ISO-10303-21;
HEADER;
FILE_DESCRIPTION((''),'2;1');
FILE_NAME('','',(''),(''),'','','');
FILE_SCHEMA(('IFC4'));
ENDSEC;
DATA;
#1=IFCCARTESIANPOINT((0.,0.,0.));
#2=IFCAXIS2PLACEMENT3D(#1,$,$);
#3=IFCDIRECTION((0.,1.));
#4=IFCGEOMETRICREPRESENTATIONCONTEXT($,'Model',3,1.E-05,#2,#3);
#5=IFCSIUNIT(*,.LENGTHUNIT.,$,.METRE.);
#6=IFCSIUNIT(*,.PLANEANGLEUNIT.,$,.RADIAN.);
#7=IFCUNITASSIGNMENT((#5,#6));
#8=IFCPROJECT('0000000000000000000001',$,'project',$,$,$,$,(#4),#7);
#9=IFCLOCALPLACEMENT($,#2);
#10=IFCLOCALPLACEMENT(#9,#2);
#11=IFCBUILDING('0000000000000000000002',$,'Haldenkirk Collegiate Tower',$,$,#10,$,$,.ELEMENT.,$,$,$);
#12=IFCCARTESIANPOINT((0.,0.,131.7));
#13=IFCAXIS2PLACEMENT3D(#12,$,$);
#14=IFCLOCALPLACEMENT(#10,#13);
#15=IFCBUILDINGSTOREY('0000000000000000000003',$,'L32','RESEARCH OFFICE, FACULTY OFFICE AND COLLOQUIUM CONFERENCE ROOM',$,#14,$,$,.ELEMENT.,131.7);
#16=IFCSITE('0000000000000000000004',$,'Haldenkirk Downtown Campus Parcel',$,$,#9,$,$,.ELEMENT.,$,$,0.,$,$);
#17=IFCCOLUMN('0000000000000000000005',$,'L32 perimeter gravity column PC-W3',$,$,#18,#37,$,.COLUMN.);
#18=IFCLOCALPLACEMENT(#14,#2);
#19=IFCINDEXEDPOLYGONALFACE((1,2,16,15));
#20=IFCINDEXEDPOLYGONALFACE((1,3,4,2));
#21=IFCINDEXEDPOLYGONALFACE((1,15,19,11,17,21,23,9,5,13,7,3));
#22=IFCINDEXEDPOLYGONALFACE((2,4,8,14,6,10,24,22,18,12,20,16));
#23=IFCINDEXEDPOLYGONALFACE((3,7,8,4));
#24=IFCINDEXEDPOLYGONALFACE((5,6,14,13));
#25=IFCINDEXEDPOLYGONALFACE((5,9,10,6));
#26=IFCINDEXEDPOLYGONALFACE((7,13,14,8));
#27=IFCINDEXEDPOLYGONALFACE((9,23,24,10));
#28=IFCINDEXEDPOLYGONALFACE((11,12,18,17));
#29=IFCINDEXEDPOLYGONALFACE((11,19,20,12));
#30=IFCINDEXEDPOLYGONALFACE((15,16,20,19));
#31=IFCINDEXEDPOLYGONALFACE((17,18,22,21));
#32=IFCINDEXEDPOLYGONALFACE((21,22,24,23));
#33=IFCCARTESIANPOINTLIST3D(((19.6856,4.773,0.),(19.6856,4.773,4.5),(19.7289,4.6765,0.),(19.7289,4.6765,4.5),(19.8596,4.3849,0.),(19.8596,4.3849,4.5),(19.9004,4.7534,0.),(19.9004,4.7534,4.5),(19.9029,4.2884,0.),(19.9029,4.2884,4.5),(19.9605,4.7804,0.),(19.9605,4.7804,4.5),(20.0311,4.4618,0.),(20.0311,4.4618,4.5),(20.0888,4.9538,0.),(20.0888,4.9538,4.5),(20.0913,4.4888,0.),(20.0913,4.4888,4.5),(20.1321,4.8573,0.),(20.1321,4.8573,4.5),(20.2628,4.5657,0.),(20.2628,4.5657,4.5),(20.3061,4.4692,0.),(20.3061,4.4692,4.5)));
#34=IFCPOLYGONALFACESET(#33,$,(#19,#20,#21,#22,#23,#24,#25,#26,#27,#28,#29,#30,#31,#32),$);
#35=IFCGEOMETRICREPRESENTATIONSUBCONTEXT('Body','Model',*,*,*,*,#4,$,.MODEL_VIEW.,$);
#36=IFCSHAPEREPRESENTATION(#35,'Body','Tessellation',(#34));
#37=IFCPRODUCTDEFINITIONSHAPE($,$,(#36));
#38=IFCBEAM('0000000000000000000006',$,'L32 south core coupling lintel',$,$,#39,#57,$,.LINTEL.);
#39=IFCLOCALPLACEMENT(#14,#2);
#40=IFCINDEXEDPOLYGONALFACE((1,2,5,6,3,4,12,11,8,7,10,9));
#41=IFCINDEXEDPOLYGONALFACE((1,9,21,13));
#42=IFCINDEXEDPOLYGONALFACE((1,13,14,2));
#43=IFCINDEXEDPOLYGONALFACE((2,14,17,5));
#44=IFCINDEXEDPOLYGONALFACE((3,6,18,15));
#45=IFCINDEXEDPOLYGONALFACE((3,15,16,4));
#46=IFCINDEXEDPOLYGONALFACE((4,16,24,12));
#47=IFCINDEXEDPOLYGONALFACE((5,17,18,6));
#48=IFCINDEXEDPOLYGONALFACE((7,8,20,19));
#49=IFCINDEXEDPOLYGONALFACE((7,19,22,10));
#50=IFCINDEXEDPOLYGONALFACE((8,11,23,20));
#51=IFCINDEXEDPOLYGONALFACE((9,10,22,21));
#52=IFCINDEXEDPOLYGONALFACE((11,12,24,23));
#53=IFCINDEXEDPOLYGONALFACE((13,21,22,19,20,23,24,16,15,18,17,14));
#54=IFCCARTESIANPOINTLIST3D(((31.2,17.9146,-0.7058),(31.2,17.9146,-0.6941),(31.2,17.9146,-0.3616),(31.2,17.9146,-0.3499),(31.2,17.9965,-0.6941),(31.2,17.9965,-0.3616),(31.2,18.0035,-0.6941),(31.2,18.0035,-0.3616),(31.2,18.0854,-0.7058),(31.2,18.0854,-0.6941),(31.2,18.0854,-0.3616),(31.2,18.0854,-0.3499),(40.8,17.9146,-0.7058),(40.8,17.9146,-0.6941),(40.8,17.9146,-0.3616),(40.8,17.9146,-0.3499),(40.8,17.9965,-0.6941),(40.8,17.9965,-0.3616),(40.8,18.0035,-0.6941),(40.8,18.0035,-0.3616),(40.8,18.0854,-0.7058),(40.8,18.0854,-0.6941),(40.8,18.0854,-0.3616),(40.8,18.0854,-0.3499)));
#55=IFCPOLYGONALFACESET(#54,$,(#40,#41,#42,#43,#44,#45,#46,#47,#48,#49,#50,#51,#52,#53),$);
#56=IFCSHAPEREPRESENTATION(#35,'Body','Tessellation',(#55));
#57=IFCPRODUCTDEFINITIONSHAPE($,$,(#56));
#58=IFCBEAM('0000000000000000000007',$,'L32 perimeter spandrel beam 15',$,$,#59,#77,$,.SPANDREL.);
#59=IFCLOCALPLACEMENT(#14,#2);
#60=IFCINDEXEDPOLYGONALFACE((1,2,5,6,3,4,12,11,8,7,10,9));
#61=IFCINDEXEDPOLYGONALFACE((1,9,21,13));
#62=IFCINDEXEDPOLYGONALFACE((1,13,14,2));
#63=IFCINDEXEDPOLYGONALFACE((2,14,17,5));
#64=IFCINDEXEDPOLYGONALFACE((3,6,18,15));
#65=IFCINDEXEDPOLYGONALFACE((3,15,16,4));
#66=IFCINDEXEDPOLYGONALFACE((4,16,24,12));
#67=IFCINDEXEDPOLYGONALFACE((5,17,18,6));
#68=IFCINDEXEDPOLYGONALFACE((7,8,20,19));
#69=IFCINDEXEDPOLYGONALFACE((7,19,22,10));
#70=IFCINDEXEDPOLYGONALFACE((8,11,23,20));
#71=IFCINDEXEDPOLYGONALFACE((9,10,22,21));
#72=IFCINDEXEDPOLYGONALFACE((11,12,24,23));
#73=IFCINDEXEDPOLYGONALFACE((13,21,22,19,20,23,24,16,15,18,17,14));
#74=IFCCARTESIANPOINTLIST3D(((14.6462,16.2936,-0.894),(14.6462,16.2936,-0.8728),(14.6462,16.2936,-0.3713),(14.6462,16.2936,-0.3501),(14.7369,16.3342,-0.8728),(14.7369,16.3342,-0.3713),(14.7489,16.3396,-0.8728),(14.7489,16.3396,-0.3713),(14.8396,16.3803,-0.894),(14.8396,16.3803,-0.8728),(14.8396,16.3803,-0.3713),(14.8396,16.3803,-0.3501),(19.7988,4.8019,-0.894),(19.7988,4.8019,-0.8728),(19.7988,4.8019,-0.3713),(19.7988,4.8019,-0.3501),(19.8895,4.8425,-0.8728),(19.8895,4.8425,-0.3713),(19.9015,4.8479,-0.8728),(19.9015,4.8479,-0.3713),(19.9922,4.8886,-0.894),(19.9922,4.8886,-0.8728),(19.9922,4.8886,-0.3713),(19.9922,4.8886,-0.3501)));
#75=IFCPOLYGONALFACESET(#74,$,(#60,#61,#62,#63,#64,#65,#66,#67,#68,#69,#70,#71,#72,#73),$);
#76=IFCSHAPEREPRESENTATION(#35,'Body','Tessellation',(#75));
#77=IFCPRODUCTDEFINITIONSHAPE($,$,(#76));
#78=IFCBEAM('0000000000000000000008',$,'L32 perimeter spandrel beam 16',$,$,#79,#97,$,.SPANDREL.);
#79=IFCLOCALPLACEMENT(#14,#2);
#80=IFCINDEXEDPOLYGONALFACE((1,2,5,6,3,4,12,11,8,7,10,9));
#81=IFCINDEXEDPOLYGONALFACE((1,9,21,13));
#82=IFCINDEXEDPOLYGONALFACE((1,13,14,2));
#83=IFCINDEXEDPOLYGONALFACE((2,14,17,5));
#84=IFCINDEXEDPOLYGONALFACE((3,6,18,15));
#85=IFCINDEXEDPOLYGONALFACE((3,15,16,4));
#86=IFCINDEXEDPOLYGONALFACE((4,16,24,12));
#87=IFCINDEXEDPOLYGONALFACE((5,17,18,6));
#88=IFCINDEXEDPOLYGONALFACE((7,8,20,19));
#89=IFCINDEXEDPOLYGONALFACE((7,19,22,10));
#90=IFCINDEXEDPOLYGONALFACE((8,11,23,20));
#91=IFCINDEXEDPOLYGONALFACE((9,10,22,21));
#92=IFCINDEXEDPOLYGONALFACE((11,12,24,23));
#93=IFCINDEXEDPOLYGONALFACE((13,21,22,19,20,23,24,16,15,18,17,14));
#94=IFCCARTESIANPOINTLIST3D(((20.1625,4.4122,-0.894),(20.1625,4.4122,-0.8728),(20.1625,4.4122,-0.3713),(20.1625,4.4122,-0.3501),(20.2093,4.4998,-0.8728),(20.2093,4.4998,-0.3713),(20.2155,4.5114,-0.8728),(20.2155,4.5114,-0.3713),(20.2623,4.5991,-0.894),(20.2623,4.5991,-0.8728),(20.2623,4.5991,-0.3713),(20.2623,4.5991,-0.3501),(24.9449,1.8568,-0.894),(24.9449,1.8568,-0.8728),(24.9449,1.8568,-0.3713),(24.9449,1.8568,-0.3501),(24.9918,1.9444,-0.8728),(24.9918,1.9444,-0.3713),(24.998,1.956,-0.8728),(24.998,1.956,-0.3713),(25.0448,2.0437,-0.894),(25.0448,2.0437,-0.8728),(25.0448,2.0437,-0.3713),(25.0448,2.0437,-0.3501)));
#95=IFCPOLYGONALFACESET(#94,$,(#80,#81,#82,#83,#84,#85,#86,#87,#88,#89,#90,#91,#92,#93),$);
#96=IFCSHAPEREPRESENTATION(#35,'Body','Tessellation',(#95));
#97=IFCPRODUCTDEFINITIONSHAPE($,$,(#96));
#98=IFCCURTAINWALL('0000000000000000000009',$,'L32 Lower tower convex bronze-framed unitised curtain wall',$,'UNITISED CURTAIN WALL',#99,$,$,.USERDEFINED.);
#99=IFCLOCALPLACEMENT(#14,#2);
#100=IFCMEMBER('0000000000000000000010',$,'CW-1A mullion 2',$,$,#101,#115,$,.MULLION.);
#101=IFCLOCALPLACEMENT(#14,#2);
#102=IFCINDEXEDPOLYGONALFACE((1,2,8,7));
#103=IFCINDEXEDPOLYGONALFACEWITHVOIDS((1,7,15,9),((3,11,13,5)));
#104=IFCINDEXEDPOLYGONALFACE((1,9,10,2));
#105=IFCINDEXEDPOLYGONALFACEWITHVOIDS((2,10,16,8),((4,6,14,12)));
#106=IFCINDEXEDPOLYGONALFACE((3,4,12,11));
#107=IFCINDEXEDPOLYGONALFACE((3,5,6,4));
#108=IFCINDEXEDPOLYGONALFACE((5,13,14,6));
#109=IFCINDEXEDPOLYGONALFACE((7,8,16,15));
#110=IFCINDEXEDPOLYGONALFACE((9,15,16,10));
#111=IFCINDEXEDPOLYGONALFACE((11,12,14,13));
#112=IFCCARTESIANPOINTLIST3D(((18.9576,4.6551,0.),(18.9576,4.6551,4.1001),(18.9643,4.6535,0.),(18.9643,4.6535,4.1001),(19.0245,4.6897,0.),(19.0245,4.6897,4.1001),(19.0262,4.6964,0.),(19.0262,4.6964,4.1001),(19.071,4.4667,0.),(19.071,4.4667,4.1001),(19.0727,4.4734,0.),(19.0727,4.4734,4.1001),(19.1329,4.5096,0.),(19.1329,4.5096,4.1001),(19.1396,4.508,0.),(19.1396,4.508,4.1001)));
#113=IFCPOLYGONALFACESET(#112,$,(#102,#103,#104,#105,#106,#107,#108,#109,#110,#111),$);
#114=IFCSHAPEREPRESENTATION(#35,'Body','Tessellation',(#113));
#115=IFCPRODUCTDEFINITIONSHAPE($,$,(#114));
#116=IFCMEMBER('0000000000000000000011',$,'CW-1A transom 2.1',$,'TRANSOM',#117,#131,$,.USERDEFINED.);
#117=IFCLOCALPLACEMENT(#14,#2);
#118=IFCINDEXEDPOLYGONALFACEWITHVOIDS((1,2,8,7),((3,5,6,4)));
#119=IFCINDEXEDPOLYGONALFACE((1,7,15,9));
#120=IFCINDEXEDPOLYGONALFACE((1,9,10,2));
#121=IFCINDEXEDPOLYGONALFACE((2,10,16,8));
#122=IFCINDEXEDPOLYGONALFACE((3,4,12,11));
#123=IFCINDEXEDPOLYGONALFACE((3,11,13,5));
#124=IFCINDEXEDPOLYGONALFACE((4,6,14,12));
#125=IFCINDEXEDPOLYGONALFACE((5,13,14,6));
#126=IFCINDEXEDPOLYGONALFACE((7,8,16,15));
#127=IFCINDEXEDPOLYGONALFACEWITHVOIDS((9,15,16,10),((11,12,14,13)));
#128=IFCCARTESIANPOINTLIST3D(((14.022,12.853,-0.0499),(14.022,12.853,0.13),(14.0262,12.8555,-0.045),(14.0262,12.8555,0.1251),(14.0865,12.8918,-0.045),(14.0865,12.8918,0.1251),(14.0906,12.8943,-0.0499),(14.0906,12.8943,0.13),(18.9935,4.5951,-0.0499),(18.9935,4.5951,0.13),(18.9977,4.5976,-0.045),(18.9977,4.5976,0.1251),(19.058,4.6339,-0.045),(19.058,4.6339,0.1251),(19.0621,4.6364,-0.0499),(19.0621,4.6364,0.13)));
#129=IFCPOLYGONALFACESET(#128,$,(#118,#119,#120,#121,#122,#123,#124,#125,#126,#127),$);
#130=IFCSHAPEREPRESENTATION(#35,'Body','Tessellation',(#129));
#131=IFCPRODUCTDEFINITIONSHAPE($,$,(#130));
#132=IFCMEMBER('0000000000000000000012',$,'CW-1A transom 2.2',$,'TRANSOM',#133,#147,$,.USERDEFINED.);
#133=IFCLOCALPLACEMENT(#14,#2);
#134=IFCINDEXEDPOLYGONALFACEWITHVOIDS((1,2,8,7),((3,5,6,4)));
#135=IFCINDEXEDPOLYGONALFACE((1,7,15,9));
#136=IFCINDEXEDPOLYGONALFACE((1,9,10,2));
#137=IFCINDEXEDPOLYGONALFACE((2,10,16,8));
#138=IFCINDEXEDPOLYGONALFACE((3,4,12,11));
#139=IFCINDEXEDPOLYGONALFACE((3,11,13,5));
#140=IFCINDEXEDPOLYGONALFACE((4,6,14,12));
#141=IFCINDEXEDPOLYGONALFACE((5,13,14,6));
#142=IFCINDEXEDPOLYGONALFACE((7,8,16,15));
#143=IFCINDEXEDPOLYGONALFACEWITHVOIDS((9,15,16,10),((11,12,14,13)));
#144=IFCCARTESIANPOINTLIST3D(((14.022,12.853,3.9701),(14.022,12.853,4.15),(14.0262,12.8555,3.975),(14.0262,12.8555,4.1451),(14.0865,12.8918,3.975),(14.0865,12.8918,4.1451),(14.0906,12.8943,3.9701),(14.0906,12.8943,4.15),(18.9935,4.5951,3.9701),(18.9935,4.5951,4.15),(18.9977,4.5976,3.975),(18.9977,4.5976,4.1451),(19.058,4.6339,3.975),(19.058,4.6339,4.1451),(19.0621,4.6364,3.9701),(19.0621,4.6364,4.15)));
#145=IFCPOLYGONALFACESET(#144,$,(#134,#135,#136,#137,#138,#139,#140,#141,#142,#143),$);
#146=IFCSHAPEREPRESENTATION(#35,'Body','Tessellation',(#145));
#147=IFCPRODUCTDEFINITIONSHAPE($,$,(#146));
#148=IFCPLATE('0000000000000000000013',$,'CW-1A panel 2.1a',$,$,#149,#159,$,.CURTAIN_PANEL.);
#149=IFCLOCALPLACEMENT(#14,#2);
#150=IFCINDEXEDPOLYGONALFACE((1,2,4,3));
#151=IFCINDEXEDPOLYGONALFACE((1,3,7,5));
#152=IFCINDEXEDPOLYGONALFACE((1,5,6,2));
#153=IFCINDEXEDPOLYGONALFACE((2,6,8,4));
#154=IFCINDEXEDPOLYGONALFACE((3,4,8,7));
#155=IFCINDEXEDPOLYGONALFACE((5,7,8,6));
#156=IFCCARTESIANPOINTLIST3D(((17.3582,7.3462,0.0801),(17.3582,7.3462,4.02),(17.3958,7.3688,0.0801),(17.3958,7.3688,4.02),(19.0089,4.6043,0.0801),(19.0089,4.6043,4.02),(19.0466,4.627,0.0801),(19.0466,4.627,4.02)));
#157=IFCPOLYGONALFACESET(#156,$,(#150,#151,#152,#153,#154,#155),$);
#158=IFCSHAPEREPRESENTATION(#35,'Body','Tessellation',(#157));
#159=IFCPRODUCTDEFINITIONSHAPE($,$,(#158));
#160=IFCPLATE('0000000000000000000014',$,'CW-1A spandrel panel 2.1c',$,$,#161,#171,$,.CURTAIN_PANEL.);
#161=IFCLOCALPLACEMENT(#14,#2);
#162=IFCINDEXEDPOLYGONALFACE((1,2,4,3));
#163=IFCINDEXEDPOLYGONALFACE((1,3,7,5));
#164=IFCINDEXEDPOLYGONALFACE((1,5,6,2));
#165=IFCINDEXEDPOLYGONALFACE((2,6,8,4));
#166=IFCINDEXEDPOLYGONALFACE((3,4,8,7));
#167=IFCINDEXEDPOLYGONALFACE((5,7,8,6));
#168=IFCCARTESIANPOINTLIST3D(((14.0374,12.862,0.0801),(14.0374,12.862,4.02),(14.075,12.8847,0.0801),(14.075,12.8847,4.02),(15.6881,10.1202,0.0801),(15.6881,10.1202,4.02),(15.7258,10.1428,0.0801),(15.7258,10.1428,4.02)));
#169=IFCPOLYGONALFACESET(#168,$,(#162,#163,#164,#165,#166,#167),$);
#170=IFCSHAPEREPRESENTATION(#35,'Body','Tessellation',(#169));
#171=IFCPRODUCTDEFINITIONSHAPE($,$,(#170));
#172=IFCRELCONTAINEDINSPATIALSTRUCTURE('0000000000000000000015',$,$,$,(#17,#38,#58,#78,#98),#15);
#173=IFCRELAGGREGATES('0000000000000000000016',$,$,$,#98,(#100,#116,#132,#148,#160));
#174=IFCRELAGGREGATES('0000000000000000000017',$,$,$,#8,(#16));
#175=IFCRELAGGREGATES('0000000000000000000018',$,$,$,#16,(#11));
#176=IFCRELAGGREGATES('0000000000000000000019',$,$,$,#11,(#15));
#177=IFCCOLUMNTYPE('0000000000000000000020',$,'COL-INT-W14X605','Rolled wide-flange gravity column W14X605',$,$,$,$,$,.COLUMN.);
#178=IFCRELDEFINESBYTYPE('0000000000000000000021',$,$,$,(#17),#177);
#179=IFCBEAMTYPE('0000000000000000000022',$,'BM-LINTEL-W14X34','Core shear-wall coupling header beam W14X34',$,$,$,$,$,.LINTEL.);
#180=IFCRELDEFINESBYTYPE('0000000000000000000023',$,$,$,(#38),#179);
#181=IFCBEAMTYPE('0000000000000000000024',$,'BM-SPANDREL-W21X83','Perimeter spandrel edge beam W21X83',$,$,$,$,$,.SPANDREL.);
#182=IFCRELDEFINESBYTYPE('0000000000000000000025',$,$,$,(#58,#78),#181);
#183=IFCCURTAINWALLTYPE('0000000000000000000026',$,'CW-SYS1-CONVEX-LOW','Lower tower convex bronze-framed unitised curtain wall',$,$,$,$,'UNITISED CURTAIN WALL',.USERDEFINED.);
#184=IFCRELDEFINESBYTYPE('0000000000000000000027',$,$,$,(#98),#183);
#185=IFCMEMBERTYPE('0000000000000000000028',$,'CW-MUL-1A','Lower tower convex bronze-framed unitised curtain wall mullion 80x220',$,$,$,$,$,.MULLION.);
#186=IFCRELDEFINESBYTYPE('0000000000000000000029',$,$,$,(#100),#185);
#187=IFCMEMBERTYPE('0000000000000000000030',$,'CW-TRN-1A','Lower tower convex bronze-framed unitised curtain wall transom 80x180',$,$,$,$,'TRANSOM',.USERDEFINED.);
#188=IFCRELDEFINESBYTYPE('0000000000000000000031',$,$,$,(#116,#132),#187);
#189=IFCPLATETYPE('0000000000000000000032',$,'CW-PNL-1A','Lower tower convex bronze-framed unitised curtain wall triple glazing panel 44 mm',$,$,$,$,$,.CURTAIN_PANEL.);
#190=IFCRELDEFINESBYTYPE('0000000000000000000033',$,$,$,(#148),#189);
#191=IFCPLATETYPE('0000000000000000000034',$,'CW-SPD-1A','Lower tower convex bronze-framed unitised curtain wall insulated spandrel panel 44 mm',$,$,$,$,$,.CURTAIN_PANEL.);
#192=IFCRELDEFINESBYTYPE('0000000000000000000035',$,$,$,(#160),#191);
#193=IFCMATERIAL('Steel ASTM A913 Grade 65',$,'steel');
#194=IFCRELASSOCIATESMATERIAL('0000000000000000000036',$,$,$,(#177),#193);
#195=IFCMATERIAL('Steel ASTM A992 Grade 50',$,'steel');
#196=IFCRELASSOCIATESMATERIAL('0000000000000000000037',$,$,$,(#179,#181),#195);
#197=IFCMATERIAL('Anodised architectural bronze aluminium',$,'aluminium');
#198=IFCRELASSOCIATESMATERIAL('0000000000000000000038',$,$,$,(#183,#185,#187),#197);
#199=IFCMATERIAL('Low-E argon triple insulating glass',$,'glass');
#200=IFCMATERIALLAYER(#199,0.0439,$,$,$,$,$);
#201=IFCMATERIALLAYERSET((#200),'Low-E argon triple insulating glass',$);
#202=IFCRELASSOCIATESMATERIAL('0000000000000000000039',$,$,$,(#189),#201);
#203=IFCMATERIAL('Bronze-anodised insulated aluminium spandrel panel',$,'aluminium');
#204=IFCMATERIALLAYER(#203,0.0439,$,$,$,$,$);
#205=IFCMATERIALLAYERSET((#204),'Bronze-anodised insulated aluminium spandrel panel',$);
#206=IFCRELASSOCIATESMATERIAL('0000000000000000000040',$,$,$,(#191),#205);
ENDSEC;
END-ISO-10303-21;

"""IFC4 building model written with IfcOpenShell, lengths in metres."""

from ifc_helpers import new_model, si_unit, direction, frame, origin, origin_2d, place, context, subcontext, project, spatial, rectangle, hollow_rectangle, i_section, extrude, source, transform, mapped, material, layer, layer_set, material_profile, profile_set, type_object, element, aggregate, save


model = new_model("IFC4")

# Units and contexts
model_context = context("Model", 3, precision=1e-05, world=origin(), true_north=direction((0.0, 1.0)))
body_context = subcontext(model_context, "Body", "Model", "MODEL_VIEW")
ifc_project = project(units=[si_unit("LENGTHUNIT", "METRE"), si_unit("PLANEANGLEUNIT", "RADIAN")], contexts=[model_context])

# Site, building, storey
site_placement = place(None, origin())
site = spatial("IfcSite", under=ifc_project, at=site_placement, Name="Haldenkirk Downtown Campus Parcel", CompositionType="ELEMENT", RefElevation=0.0)
building_placement = place(site_placement, origin())
building = spatial("IfcBuilding", under=site, at=building_placement, Name="Haldenkirk Collegiate Tower", CompositionType="ELEMENT")
storey_placement = place(building_placement, frame((0.0, 0.0, 131.7)))
storey = spatial("IfcBuildingStorey", under=building, at=storey_placement, Name="L32", Description="RESEARCH OFFICE, FACULTY OFFICE AND COLLOQUIUM CONFERENCE ROOM", CompositionType="ELEMENT", Elevation=131.7)

# Column
ifc_material_1 = material(Name="Steel ASTM A913 Grade 65", Category="steel")
ifc_material_profile_1 = material_profile(ifc_material_1, i_section(OverallWidth=0.4419, OverallDepth=0.531, WebThickness=0.0659, FlangeThickness=0.1057, at=origin_2d()), Name="W14X605")
ifc_profile_set_1 = profile_set([ifc_material_profile_1], Name="Steel ASTM A913 Grade 65")
column_type = type_object("IfcColumnType", Name="COL-INT-W14X605", Description="Rolled wide-flange gravity column W14X605", PredefinedType="COLUMN", material=ifc_profile_set_1)
column_placement = place(storey_placement, frame((19.9958, 4.6211, 0.0), z_axis=(0.0, 0.0, 1.0), x_axis=(0.912477, 0.409127, 0.0)))
element("IfcColumn", 1, at=column_placement, inside=storey, type_object=column_type, Name="L32 perimeter gravity column PC-W3", PredefinedType="COLUMN", context=body_context, shape_type="SweptSolid", body=[
    extrude(i_section(OverallWidth=0.4419, OverallDepth=0.531, WebThickness=0.0659, FlangeThickness=0.1057, at=origin_2d()), origin(), (0.0, 0.0, 1.0), 4.5),
])

# Beams
ifc_material_2 = material(Name="Steel ASTM A992 Grade 50", Category="steel")
ifc_material_profile_2 = material_profile(ifc_material_2, i_section(OverallWidth=0.1709, OverallDepth=0.356, WebThickness=0.0071, FlangeThickness=0.0117, at=origin_2d()), Name="W14X34")
ifc_profile_set_2 = profile_set([ifc_material_profile_2], Name="Steel ASTM A992 Grade 50")
beam_type_1 = type_object("IfcBeamType", Name="BM-LINTEL-W14X34", Description="Core shear-wall coupling header beam W14X34", PredefinedType="LINTEL", material=ifc_profile_set_2)
beam_1_placement = place(storey_placement, frame((31.2, 18.0, -0.5278), z_axis=(1.0, 0.0, 0.0), x_axis=(0.0, 1.0, 0.0)))
element("IfcBeam", 2, at=beam_1_placement, inside=storey, type_object=beam_type_1, Name="L32 south core coupling lintel", PredefinedType="LINTEL", context=body_context, shape_type="SweptSolid", body=[
    extrude(i_section(OverallWidth=0.1709, OverallDepth=0.356, WebThickness=0.0071, FlangeThickness=0.0117, at=origin_2d()), origin(), (0.0, 0.0, 1.0), 9.6001),
])
ifc_material_profile_3 = material_profile(ifc_material_2, i_section(OverallWidth=0.2119, OverallDepth=0.5439, WebThickness=0.0132, FlangeThickness=0.0212, at=origin_2d()), Name="W21X83")
ifc_profile_set_3 = profile_set([ifc_material_profile_3], Name="Steel ASTM A992 Grade 50")
beam_type_2 = type_object("IfcBeamType", Name="BM-SPANDREL-W21X83", Description="Perimeter spandrel edge beam W21X83", PredefinedType="SPANDREL", material=ifc_profile_set_3)
beam_2_placement = place(storey_placement, frame((14.7429, 16.3369, -0.6221), z_axis=(0.409131, -0.912476, 0.0), x_axis=(0.912476, 0.409131, 0.0)))
element("IfcBeam", 3, at=beam_2_placement, inside=storey, type_object=beam_type_2, Name="L32 perimeter spandrel beam 15", PredefinedType="SPANDREL", context=body_context, shape_type="SweptSolid", body=[
    extrude(i_section(OverallWidth=0.2119, OverallDepth=0.5439, WebThickness=0.0132, FlangeThickness=0.0212, at=origin_2d()), origin(), (0.0, 0.0, 1.0), 12.594),
])
beam_3_placement = place(storey_placement, frame((20.2124, 4.5056, -0.6221), z_axis=(0.881987, -0.471273, 0.0), x_axis=(0.471273, 0.881987, 0.0)))
element("IfcBeam", 4, at=beam_3_placement, inside=storey, type_object=beam_type_2, Name="L32 perimeter spandrel beam 16", PredefinedType="SPANDREL", context=body_context, shape_type="SweptSolid", body=[
    extrude(i_section(OverallWidth=0.2119, OverallDepth=0.5439, WebThickness=0.0132, FlangeThickness=0.0212, at=origin_2d()), origin(), (0.0, 0.0, 1.0), 5.4224),
])

# Curtain wall, members, plates
ifc_material_3 = material(Name="Anodised architectural bronze aluminium", Category="aluminium")
curtain_wall_type = type_object("IfcCurtainWallType", Name="CW-SYS1-CONVEX-LOW", Description="Lower tower convex bronze-framed unitised curtain wall", ElementType="UNITISED CURTAIN WALL", PredefinedType="USERDEFINED", material=ifc_material_3)
curtain_wall_placement = place(storey_placement, origin())
curtain_wall = element("IfcCurtainWall", 5, at=curtain_wall_placement, inside=storey, type_object=curtain_wall_type, Name="L32 Lower tower convex bronze-framed unitised curtain wall", ObjectType="UNITISED CURTAIN WALL", PredefinedType="USERDEFINED")
ifc_material_profile_4 = material_profile(ifc_material_3, hollow_rectangle(XDim=0.0801, YDim=0.22, WallThickness=0.0049, at=origin_2d()), Name="CW-MUL-1A")
ifc_profile_set_4 = profile_set([ifc_material_profile_4], Name="Anodised architectural bronze aluminium")
member_type_1 = type_object("IfcMemberType", Name="CW-MUL-1A", Description="Lower tower convex bronze-framed unitised curtain wall mullion 80x220", PredefinedType="MULLION", material=ifc_profile_set_4)
member_1_placement = place(storey_placement, frame((19.0486, 4.5815, 0.0), z_axis=(0.0, 0.0, 1.0), x_axis=(-0.856718, -0.515785, 0.0)))
member_1 = element("IfcMember", 6, at=member_1_placement, type_object=member_type_1, Name="CW-1A mullion 2", PredefinedType="MULLION", context=body_context, shape_type="SweptSolid", body=[
    extrude(hollow_rectangle(XDim=0.0801, YDim=0.22, WallThickness=0.0049, at=origin_2d()), origin(), (0.0, 0.0, 1.0), 4.1001),
])
ifc_material_profile_5 = material_profile(ifc_material_3, hollow_rectangle(XDim=0.0801, YDim=0.1799, WallThickness=0.0049, at=origin_2d()), Name="CW-TRN-1A")
ifc_profile_set_5 = profile_set([ifc_material_profile_5], Name="Anodised architectural bronze aluminium")
member_type_2 = type_object("IfcMemberType", Name="CW-TRN-1A", Description="Lower tower convex bronze-framed unitised curtain wall transom 80x180", ElementType="TRANSOM", PredefinedType="USERDEFINED", material=ifc_profile_set_5)
member_2_placement = place(storey_placement, frame((19.0278, 4.6157, 0.04), z_axis=(-0.515773, 0.856725, 0.0), x_axis=(-0.856725, -0.515773, 0.0)))
member_2 = element("IfcMember", 7, at=member_2_placement, type_object=member_type_2, Name="CW-1A transom 2.1", ObjectType="TRANSOM", PredefinedType="USERDEFINED", context=body_context, shape_type="SweptSolid", body=[
    extrude(hollow_rectangle(XDim=0.0801, YDim=0.1799, WallThickness=0.0049, at=origin_2d()), origin(), (0.0, 0.0, 1.0), 9.6389),
])
member_3_placement = place(storey_placement, frame((19.0278, 4.6157, 4.0601), z_axis=(-0.515773, 0.856725, 0.0), x_axis=(-0.856725, -0.515773, 0.0)))
member_3 = element("IfcMember", 8, at=member_3_placement, type_object=member_type_2, Name="CW-1A transom 2.2", ObjectType="TRANSOM", PredefinedType="USERDEFINED", context=body_context, shape_type="SweptSolid", body=[
    extrude(hollow_rectangle(XDim=0.0801, YDim=0.1799, WallThickness=0.0049, at=origin_2d()), origin(), (0.0, 0.0, 1.0), 9.6389),
])
ifc_material_4 = material(Name="Low-E argon triple insulating glass", Category="glass")
ifc_layer_1 = layer(ifc_material_4, 0.0439)
ifc_layer_set_1 = layer_set([ifc_layer_1], Name="Low-E argon triple insulating glass")
plate_type_1 = type_object("IfcPlateType", Name="CW-PNL-1A", Description="Lower tower convex bronze-framed unitised curtain wall triple glazing panel 44 mm", PredefinedType="CURTAIN_PANEL", material=ifc_layer_set_1)
shared_shape_1 = source(origin(), body_context, "Body", "SweptSolid", [
    extrude(rectangle(XDim=3.2004, YDim=0.0439, at=origin_2d()), origin(), (0.0, 0.0, 1.0), 3.9399),
])
plate_1_placement = place(storey_placement, frame((18.2024, 5.9866, 0.0801), z_axis=(0.0, 0.0, 1.0), x_axis=(-0.515785, 0.856718, 0.0)))
plate_1 = element("IfcPlate", 9, at=plate_1_placement, type_object=plate_type_1, Name="CW-1A panel 2.1a", PredefinedType="CURTAIN_PANEL", context=body_context, shape_type="MappedRepresentation", body=[
    mapped(shared_shape_1, transform((0.0, 0.0, 0.0), x_axis=(1.0, 0.0, 0.0), y_axis=(0.0, 1.0, 0.0), z_axis=(0.0, 0.0, 1.0), scale=1.0)),
])
ifc_material_5 = material(Name="Bronze-anodised insulated aluminium spandrel panel", Category="aluminium")
ifc_layer_2 = layer(ifc_material_5, 0.0439)
ifc_layer_set_2 = layer_set([ifc_layer_2], Name="Bronze-anodised insulated aluminium spandrel panel")
plate_type_2 = type_object("IfcPlateType", Name="CW-SPD-1A", Description="Lower tower convex bronze-framed unitised curtain wall insulated spandrel panel 44 mm", PredefinedType="CURTAIN_PANEL", material=ifc_layer_set_2)
plate_2_placement = place(storey_placement, frame((14.8816, 11.5024, 0.0801), z_axis=(0.0, 0.0, 1.0), x_axis=(-0.515785, 0.856718, 0.0)))
plate_2 = element("IfcPlate", 10, at=plate_2_placement, type_object=plate_type_2, Name="CW-1A spandrel panel 2.1c", PredefinedType="CURTAIN_PANEL", context=body_context, shape_type="MappedRepresentation", body=[
    mapped(shared_shape_1, transform((0.0, 0.0, 0.0), x_axis=(1.0, 0.0, 0.0), y_axis=(0.0, 1.0, 0.0), z_axis=(0.0, 0.0, 1.0), scale=1.0)),
])
aggregate(curtain_wall, [member_1, member_2, member_3, plate_1, plate_2])

save(model, "model.ifc")
